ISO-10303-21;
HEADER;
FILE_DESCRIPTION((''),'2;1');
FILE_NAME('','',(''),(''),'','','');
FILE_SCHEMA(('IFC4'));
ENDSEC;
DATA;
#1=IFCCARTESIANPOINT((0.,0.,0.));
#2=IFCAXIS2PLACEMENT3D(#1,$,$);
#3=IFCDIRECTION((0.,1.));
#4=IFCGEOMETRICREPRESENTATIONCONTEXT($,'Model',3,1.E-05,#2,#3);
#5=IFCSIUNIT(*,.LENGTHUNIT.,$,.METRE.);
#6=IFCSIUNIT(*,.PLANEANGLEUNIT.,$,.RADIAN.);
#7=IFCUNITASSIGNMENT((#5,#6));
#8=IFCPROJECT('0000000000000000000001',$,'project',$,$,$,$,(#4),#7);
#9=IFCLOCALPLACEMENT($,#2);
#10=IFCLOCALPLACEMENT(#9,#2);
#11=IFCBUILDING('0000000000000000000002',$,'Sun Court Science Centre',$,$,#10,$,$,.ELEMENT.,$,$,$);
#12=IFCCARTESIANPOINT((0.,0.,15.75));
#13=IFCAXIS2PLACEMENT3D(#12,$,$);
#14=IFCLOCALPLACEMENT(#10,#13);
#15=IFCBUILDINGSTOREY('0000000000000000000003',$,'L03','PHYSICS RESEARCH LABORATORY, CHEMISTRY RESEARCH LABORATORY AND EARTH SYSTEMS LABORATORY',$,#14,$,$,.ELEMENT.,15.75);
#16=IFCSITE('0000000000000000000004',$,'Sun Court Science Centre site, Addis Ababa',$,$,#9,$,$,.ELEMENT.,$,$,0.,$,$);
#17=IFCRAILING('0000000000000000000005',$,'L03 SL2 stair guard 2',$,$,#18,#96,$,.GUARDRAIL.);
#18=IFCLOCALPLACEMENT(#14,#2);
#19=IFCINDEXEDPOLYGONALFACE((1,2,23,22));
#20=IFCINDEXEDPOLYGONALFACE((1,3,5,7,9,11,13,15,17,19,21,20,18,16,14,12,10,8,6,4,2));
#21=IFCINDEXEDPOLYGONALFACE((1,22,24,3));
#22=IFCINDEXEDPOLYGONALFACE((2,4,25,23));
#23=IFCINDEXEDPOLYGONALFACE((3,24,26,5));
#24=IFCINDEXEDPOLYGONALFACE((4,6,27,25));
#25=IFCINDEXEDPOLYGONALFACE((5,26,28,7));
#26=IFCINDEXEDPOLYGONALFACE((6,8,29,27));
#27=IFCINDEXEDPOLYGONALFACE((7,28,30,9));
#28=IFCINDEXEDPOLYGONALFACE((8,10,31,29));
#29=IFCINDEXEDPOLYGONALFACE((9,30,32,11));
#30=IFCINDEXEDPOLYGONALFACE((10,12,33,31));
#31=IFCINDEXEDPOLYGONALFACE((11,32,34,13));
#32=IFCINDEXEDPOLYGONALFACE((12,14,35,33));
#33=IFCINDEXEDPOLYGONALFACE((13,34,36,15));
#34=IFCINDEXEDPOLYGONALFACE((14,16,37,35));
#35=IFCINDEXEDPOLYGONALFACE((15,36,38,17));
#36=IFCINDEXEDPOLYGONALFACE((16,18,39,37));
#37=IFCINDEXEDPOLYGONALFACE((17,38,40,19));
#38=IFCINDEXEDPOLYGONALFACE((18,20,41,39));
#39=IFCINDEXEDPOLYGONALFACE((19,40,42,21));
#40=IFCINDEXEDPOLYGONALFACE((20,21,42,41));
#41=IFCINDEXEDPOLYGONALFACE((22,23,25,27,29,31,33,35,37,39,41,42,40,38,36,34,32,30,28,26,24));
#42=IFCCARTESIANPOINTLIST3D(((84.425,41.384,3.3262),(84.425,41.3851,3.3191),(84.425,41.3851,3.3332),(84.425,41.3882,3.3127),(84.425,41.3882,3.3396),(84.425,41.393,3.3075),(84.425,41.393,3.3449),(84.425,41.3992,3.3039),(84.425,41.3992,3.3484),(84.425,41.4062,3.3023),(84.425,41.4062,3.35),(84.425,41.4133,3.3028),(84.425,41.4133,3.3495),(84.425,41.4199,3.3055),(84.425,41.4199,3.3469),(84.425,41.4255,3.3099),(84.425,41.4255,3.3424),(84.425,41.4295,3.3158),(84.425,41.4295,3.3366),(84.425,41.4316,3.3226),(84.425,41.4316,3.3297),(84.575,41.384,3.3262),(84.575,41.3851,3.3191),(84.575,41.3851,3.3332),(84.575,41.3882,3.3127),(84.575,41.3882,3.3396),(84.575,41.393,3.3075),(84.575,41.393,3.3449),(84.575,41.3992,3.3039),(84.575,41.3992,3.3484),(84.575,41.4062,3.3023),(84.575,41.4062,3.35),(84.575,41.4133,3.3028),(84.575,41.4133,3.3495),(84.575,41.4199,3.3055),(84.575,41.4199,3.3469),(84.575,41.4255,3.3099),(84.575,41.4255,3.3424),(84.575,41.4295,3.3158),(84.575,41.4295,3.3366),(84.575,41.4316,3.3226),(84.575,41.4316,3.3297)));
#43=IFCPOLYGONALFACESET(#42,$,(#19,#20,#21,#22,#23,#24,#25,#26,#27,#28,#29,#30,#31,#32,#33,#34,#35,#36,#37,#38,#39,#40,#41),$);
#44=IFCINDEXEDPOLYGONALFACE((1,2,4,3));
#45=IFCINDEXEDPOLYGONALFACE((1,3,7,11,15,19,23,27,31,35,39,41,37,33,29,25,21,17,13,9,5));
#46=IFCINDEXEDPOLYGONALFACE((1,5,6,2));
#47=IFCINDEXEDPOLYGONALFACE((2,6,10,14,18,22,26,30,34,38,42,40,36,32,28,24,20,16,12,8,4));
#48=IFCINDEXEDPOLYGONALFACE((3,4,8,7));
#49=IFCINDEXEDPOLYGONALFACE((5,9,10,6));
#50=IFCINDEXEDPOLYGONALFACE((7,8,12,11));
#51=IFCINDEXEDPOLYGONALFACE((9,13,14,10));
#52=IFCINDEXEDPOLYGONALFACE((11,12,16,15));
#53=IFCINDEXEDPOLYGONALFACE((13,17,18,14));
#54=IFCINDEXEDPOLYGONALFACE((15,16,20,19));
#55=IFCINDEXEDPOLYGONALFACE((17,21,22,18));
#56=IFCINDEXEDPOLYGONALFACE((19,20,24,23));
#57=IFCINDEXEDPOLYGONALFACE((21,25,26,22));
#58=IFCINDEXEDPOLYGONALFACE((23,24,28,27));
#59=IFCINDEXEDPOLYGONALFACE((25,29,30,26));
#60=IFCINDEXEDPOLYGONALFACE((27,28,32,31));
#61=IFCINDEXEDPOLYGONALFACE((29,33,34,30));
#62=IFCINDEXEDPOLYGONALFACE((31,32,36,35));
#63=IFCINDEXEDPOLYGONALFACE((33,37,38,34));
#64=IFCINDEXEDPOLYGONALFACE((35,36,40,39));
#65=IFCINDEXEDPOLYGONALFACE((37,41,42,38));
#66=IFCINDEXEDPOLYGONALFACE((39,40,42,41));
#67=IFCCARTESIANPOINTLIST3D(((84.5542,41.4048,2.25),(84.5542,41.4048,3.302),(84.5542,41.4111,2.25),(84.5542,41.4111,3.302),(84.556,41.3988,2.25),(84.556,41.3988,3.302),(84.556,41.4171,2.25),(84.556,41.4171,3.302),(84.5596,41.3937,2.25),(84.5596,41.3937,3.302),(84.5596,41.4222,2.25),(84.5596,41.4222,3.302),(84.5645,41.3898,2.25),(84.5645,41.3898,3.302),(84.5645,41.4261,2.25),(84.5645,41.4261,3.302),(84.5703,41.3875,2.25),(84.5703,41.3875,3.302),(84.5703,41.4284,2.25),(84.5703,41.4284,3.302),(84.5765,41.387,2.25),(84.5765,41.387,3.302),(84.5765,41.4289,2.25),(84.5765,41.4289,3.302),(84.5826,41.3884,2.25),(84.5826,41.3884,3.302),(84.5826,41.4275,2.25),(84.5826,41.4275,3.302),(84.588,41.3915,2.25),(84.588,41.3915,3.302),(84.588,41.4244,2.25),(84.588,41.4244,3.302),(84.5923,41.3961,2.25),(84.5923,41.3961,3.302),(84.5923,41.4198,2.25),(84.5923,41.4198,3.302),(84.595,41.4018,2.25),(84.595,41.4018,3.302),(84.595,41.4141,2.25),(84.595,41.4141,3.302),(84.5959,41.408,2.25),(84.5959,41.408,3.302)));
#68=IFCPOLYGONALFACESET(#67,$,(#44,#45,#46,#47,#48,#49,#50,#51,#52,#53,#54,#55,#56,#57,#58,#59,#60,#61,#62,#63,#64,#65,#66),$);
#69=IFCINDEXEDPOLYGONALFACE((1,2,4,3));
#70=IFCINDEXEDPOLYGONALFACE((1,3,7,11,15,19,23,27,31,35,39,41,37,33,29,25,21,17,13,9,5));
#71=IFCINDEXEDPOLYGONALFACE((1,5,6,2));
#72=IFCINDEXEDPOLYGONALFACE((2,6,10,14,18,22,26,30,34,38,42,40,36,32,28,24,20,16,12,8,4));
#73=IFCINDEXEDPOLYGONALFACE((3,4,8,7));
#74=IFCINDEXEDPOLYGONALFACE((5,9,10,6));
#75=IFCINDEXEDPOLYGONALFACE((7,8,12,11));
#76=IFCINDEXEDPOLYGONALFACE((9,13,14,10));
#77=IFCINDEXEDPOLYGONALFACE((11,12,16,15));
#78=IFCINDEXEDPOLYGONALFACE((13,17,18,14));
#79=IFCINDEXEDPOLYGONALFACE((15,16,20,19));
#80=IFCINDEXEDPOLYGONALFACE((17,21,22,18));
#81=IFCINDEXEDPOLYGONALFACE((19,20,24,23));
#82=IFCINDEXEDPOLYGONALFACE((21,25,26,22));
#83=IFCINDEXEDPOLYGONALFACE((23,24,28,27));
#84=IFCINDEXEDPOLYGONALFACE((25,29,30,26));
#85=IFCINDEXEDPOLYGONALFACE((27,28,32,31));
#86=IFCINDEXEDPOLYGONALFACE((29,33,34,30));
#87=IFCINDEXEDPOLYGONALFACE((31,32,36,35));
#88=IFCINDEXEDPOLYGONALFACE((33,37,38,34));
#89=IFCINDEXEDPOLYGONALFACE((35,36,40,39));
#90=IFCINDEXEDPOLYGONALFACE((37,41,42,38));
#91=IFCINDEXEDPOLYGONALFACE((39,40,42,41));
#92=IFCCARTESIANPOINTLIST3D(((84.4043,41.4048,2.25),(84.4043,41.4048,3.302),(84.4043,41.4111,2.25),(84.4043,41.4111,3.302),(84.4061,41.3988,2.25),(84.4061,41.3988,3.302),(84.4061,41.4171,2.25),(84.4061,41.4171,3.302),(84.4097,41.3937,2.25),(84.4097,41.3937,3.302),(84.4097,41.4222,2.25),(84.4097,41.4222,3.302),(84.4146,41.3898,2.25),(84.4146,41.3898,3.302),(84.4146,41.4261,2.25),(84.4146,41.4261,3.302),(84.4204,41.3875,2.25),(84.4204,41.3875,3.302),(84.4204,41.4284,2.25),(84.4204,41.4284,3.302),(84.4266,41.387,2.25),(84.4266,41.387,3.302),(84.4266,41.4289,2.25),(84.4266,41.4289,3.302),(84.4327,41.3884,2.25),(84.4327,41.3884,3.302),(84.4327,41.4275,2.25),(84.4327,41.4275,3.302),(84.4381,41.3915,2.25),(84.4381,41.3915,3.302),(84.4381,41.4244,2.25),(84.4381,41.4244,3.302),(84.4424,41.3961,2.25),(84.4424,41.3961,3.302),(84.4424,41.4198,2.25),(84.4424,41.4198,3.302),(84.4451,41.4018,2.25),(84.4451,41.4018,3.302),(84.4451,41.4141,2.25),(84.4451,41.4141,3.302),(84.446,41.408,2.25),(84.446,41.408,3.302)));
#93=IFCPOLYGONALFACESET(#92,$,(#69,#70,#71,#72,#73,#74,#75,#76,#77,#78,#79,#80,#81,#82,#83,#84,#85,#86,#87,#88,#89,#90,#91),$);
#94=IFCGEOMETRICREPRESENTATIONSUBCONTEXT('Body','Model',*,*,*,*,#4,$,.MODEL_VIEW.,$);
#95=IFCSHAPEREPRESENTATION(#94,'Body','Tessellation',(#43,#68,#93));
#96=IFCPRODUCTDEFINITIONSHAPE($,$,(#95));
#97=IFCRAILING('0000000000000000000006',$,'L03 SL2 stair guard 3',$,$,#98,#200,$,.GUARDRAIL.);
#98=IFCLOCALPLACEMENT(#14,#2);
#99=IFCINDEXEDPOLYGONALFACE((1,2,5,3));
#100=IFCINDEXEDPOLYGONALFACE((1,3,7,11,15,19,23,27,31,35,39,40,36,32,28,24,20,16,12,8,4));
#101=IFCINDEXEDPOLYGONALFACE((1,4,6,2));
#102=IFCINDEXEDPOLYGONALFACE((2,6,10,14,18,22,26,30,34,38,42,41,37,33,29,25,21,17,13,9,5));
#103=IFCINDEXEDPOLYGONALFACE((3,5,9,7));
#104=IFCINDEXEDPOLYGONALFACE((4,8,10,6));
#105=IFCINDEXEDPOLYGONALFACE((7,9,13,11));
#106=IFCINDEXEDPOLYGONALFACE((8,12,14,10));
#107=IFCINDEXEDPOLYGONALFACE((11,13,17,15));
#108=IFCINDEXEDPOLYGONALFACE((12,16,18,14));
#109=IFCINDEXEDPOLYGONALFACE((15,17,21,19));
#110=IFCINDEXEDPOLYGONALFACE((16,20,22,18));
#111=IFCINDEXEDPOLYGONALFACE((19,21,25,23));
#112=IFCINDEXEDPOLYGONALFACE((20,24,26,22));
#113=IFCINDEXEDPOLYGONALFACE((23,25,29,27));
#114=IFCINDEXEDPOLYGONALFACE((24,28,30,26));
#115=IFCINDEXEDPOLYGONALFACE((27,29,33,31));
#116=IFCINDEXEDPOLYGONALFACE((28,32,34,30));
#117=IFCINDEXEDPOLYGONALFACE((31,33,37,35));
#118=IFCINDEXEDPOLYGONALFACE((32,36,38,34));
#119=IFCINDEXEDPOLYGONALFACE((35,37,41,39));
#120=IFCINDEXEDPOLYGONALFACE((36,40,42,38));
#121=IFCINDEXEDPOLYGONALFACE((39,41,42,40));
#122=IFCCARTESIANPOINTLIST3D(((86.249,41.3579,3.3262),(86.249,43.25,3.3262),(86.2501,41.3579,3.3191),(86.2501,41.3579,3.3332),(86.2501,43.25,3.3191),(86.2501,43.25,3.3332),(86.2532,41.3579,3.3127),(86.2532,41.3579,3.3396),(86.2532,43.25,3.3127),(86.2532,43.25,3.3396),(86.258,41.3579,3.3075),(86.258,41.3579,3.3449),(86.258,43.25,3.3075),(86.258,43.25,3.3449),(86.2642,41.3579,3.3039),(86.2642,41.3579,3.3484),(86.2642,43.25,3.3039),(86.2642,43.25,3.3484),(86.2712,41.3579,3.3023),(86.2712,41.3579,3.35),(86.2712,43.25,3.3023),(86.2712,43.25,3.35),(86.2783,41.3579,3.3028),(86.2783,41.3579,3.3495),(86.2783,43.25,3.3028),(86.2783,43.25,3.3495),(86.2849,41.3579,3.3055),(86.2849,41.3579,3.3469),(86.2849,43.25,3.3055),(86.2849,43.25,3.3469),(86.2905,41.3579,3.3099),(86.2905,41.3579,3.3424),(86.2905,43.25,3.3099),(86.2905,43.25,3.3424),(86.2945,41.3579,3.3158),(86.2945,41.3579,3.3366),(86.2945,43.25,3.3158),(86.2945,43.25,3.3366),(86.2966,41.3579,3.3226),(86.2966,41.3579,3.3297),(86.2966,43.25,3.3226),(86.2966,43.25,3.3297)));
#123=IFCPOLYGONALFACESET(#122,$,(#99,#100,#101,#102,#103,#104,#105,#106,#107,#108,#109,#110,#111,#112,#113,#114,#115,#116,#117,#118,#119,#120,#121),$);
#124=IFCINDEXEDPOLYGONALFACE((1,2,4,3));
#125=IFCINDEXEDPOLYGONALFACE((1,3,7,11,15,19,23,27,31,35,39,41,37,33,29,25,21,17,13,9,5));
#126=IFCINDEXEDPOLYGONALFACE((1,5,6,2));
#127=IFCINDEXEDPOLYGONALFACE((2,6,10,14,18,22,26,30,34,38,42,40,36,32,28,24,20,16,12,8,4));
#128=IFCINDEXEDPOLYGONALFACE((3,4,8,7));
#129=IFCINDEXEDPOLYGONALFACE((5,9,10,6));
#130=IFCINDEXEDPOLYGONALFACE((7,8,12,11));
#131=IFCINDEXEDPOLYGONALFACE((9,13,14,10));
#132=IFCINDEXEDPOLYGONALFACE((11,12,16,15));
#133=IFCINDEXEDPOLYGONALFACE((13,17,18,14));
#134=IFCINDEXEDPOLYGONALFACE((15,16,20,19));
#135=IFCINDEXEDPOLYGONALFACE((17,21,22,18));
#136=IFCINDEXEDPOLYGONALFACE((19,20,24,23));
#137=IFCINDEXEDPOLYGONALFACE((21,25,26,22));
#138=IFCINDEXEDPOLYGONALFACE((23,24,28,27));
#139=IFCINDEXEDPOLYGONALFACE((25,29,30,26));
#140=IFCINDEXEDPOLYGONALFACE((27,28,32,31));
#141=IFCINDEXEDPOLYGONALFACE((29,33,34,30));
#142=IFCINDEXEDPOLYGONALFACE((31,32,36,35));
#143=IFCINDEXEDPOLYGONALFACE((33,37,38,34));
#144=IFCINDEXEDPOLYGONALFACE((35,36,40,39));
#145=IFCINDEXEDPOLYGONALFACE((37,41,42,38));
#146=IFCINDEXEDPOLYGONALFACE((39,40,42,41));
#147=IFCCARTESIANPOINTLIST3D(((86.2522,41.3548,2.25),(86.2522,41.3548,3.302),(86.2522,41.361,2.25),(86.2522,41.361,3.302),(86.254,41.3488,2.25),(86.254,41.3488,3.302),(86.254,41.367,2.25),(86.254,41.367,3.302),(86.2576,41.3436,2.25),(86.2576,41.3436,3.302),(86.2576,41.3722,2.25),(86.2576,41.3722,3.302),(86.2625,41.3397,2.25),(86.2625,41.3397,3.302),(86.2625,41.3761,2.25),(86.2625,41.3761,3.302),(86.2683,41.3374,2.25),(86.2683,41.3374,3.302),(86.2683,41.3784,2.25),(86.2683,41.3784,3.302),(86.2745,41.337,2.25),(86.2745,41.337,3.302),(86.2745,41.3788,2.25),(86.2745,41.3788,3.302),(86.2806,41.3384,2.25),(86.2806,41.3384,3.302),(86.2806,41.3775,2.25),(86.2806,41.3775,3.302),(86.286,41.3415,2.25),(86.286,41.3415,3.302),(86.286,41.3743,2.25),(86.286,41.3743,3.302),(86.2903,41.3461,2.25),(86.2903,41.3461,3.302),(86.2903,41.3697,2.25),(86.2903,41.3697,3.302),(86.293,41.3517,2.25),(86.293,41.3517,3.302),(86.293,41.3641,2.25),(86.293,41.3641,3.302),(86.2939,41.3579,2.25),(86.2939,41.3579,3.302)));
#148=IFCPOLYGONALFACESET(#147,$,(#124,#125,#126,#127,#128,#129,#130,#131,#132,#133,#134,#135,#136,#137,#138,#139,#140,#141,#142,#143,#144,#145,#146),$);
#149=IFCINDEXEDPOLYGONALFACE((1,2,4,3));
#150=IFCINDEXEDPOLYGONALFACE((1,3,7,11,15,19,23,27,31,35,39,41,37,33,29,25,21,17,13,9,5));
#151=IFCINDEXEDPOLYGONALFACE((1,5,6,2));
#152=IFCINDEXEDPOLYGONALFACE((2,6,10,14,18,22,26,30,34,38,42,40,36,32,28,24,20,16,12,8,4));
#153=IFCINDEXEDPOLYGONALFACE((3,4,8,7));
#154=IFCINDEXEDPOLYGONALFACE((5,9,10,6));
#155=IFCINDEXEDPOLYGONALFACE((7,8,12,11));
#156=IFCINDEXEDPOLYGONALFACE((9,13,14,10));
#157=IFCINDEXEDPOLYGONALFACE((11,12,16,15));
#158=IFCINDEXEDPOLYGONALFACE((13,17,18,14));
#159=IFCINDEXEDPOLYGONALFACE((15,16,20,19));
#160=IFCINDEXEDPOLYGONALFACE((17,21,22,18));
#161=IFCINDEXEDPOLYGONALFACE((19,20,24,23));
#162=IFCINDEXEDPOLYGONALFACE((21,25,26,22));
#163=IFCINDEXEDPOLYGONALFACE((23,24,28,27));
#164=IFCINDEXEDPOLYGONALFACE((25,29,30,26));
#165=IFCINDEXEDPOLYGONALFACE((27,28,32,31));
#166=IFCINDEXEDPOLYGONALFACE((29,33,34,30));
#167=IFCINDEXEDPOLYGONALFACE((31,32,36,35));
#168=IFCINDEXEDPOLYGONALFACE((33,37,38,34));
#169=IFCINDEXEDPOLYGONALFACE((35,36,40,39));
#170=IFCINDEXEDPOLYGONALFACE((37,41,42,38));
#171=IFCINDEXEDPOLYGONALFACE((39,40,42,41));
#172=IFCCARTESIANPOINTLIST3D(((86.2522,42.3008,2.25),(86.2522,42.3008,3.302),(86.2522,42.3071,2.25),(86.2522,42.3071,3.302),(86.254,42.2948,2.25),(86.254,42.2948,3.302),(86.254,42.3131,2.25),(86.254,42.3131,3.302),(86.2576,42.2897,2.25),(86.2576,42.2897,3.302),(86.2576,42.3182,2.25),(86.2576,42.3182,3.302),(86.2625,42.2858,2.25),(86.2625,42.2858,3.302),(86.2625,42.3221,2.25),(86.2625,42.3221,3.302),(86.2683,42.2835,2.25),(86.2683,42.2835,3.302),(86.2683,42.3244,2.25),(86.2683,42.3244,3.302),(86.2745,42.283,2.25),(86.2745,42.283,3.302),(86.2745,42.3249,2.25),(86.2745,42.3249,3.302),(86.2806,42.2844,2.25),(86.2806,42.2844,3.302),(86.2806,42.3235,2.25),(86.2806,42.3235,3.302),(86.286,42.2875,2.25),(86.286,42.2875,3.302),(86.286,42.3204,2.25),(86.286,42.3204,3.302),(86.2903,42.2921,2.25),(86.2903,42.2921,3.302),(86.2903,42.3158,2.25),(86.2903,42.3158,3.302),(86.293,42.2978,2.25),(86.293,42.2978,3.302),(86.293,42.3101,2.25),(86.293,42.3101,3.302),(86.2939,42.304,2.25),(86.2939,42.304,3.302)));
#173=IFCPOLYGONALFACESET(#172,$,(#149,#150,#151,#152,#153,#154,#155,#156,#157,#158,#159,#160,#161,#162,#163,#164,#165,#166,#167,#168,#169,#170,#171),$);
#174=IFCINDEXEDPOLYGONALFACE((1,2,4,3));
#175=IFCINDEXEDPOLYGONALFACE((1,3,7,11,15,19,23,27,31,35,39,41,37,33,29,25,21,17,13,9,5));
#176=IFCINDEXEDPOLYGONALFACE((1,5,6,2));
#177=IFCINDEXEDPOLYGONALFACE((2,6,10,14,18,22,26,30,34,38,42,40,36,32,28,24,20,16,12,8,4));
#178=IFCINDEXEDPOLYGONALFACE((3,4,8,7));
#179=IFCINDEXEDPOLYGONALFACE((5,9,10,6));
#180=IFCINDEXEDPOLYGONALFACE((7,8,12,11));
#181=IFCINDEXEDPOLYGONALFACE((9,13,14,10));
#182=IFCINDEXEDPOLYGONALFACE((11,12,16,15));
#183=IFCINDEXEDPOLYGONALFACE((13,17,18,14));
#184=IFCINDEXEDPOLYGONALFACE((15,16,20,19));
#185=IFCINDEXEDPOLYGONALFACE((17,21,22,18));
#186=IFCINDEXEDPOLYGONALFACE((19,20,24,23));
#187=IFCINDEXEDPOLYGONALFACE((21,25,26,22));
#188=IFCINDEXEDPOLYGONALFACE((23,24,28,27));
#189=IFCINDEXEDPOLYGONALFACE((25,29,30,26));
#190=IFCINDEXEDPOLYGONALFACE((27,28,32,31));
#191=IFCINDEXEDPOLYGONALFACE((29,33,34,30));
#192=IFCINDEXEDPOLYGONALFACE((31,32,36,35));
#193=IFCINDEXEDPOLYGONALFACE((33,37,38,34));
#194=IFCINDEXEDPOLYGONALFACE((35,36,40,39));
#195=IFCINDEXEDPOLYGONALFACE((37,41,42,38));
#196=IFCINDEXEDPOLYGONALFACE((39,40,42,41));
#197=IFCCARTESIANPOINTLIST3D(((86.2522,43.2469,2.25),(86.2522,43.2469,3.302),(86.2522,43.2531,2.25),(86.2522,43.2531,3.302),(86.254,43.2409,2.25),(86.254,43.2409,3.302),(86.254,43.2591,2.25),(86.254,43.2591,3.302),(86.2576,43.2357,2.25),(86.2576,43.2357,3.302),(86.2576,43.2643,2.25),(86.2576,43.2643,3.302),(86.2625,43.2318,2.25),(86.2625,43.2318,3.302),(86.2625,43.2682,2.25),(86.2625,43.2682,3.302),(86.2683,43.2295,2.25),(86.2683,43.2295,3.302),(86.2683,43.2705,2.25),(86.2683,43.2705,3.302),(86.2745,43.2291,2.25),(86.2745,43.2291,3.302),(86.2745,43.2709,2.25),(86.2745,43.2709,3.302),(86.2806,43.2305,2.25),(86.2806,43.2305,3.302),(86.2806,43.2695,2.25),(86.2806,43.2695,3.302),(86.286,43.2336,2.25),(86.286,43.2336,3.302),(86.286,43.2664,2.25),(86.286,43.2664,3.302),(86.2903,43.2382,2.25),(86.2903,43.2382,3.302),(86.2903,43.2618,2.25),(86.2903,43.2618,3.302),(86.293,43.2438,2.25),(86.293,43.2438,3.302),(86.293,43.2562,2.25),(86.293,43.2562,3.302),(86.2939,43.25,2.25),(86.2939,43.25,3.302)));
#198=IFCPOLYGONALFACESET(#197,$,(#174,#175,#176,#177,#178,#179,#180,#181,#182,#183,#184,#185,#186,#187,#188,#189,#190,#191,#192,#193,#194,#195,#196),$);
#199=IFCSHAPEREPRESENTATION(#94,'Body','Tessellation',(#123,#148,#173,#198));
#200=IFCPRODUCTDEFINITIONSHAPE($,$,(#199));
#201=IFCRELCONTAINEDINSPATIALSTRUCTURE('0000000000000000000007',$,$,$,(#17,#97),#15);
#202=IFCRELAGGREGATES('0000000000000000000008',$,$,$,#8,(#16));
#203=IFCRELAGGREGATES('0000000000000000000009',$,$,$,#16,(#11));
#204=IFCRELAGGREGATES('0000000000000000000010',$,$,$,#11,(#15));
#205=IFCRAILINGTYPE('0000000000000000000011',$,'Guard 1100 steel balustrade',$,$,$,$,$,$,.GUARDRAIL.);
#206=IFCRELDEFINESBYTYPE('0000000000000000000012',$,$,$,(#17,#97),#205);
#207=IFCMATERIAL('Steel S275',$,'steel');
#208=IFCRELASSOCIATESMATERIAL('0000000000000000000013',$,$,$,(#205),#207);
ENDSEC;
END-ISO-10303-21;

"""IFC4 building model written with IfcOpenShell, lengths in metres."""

from ifc_helpers import new_model, si_unit, direction, frame, origin, origin_2d, place, context, subcontext, project, spatial, circle, extrude, material, type_object, element, save


model = new_model("IFC4")

# Units and contexts
model_context = context("Model", 3, precision=1e-05, world=origin(), true_north=direction((0.0, 1.0)))
body_context = subcontext(model_context, "Body", "Model", "MODEL_VIEW")
ifc_project = project(units=[si_unit("LENGTHUNIT", "METRE"), si_unit("PLANEANGLEUNIT", "RADIAN")], contexts=[model_context])

# Site, building, storey
site_placement = place(None, origin())
site = spatial("IfcSite", under=ifc_project, at=site_placement, Name="Sun Court Science Centre site, Addis Ababa", CompositionType="ELEMENT", RefElevation=0.0)
building_placement = place(site_placement, origin())
building = spatial("IfcBuilding", under=site, at=building_placement, Name="Sun Court Science Centre", CompositionType="ELEMENT")
storey_placement = place(building_placement, frame((0.0, 0.0, 15.75)))
storey = spatial("IfcBuildingStorey", under=building, at=storey_placement, Name="L03", Description="PHYSICS RESEARCH LABORATORY, CHEMISTRY RESEARCH LABORATORY AND EARTH SYSTEMS LABORATORY", CompositionType="ELEMENT", Elevation=15.75)

# Railings
ifc_material_1 = material(Name="Steel S275", Category="steel")
railing_type_1 = type_object("IfcRailingType", Name="Guard 1100 steel balustrade", PredefinedType="GUARDRAIL", material=ifc_material_1)
railing_1_placement = place(storey_placement, frame((84.575, 41.408, 2.25)))
element("IfcRailing", 1, at=railing_1_placement, inside=storey, type_object=railing_type_1, Name="L03 SL2 stair guard 2", PredefinedType="GUARDRAIL", context=body_context, shape_type="SweptSolid", body=[
    extrude(circle(Radius=0.0239, at=origin_2d()), frame((0.0, 0.0, 1.0762), z_axis=(-1.0, 0.0, 0.0), x_axis=(0.0, -1.0, 0.0)), (0.0, 0.0, 1.0), 0.1499),
    extrude(circle(Radius=0.021, at=origin_2d()), origin(), (0.0, 0.0, 1.0), 1.052),
    extrude(circle(Radius=0.021, at=origin_2d()), frame((-0.1499, 0.0, 0.0)), (0.0, 0.0, 1.0), 1.052),
])
for number, where, name in (
    (2, (86.2729, 41.3579, 2.25), "L03 SL2 stair guard 3"),
):
    element("IfcRailing", number, at=place(storey_placement, frame(where)), inside=storey, type_object=railing_type_1, Name=name, PredefinedType="GUARDRAIL", context=body_context, shape_type="SweptSolid", body=[
        extrude(circle(Radius=0.0239, at=origin_2d()), frame((0.0, 0.0, 1.0762), z_axis=(0.0, 1.0, 0.0), x_axis=(-1.0, 0.0, 0.0)), (0.0, 0.0, 1.0), 1.8921),
        extrude(circle(Radius=0.021, at=origin_2d()), origin(), (0.0, 0.0, 1.0), 1.052),
        extrude(circle(Radius=0.021, at=origin_2d()), frame((0.0, 0.946, 0.0)), (0.0, 0.0, 1.0), 1.052),
        extrude(circle(Radius=0.021, at=origin_2d()), frame((0.0, 1.8921, 0.0)), (0.0, 0.0, 1.0), 1.052),
    ])

save(model, "model.ifc")
